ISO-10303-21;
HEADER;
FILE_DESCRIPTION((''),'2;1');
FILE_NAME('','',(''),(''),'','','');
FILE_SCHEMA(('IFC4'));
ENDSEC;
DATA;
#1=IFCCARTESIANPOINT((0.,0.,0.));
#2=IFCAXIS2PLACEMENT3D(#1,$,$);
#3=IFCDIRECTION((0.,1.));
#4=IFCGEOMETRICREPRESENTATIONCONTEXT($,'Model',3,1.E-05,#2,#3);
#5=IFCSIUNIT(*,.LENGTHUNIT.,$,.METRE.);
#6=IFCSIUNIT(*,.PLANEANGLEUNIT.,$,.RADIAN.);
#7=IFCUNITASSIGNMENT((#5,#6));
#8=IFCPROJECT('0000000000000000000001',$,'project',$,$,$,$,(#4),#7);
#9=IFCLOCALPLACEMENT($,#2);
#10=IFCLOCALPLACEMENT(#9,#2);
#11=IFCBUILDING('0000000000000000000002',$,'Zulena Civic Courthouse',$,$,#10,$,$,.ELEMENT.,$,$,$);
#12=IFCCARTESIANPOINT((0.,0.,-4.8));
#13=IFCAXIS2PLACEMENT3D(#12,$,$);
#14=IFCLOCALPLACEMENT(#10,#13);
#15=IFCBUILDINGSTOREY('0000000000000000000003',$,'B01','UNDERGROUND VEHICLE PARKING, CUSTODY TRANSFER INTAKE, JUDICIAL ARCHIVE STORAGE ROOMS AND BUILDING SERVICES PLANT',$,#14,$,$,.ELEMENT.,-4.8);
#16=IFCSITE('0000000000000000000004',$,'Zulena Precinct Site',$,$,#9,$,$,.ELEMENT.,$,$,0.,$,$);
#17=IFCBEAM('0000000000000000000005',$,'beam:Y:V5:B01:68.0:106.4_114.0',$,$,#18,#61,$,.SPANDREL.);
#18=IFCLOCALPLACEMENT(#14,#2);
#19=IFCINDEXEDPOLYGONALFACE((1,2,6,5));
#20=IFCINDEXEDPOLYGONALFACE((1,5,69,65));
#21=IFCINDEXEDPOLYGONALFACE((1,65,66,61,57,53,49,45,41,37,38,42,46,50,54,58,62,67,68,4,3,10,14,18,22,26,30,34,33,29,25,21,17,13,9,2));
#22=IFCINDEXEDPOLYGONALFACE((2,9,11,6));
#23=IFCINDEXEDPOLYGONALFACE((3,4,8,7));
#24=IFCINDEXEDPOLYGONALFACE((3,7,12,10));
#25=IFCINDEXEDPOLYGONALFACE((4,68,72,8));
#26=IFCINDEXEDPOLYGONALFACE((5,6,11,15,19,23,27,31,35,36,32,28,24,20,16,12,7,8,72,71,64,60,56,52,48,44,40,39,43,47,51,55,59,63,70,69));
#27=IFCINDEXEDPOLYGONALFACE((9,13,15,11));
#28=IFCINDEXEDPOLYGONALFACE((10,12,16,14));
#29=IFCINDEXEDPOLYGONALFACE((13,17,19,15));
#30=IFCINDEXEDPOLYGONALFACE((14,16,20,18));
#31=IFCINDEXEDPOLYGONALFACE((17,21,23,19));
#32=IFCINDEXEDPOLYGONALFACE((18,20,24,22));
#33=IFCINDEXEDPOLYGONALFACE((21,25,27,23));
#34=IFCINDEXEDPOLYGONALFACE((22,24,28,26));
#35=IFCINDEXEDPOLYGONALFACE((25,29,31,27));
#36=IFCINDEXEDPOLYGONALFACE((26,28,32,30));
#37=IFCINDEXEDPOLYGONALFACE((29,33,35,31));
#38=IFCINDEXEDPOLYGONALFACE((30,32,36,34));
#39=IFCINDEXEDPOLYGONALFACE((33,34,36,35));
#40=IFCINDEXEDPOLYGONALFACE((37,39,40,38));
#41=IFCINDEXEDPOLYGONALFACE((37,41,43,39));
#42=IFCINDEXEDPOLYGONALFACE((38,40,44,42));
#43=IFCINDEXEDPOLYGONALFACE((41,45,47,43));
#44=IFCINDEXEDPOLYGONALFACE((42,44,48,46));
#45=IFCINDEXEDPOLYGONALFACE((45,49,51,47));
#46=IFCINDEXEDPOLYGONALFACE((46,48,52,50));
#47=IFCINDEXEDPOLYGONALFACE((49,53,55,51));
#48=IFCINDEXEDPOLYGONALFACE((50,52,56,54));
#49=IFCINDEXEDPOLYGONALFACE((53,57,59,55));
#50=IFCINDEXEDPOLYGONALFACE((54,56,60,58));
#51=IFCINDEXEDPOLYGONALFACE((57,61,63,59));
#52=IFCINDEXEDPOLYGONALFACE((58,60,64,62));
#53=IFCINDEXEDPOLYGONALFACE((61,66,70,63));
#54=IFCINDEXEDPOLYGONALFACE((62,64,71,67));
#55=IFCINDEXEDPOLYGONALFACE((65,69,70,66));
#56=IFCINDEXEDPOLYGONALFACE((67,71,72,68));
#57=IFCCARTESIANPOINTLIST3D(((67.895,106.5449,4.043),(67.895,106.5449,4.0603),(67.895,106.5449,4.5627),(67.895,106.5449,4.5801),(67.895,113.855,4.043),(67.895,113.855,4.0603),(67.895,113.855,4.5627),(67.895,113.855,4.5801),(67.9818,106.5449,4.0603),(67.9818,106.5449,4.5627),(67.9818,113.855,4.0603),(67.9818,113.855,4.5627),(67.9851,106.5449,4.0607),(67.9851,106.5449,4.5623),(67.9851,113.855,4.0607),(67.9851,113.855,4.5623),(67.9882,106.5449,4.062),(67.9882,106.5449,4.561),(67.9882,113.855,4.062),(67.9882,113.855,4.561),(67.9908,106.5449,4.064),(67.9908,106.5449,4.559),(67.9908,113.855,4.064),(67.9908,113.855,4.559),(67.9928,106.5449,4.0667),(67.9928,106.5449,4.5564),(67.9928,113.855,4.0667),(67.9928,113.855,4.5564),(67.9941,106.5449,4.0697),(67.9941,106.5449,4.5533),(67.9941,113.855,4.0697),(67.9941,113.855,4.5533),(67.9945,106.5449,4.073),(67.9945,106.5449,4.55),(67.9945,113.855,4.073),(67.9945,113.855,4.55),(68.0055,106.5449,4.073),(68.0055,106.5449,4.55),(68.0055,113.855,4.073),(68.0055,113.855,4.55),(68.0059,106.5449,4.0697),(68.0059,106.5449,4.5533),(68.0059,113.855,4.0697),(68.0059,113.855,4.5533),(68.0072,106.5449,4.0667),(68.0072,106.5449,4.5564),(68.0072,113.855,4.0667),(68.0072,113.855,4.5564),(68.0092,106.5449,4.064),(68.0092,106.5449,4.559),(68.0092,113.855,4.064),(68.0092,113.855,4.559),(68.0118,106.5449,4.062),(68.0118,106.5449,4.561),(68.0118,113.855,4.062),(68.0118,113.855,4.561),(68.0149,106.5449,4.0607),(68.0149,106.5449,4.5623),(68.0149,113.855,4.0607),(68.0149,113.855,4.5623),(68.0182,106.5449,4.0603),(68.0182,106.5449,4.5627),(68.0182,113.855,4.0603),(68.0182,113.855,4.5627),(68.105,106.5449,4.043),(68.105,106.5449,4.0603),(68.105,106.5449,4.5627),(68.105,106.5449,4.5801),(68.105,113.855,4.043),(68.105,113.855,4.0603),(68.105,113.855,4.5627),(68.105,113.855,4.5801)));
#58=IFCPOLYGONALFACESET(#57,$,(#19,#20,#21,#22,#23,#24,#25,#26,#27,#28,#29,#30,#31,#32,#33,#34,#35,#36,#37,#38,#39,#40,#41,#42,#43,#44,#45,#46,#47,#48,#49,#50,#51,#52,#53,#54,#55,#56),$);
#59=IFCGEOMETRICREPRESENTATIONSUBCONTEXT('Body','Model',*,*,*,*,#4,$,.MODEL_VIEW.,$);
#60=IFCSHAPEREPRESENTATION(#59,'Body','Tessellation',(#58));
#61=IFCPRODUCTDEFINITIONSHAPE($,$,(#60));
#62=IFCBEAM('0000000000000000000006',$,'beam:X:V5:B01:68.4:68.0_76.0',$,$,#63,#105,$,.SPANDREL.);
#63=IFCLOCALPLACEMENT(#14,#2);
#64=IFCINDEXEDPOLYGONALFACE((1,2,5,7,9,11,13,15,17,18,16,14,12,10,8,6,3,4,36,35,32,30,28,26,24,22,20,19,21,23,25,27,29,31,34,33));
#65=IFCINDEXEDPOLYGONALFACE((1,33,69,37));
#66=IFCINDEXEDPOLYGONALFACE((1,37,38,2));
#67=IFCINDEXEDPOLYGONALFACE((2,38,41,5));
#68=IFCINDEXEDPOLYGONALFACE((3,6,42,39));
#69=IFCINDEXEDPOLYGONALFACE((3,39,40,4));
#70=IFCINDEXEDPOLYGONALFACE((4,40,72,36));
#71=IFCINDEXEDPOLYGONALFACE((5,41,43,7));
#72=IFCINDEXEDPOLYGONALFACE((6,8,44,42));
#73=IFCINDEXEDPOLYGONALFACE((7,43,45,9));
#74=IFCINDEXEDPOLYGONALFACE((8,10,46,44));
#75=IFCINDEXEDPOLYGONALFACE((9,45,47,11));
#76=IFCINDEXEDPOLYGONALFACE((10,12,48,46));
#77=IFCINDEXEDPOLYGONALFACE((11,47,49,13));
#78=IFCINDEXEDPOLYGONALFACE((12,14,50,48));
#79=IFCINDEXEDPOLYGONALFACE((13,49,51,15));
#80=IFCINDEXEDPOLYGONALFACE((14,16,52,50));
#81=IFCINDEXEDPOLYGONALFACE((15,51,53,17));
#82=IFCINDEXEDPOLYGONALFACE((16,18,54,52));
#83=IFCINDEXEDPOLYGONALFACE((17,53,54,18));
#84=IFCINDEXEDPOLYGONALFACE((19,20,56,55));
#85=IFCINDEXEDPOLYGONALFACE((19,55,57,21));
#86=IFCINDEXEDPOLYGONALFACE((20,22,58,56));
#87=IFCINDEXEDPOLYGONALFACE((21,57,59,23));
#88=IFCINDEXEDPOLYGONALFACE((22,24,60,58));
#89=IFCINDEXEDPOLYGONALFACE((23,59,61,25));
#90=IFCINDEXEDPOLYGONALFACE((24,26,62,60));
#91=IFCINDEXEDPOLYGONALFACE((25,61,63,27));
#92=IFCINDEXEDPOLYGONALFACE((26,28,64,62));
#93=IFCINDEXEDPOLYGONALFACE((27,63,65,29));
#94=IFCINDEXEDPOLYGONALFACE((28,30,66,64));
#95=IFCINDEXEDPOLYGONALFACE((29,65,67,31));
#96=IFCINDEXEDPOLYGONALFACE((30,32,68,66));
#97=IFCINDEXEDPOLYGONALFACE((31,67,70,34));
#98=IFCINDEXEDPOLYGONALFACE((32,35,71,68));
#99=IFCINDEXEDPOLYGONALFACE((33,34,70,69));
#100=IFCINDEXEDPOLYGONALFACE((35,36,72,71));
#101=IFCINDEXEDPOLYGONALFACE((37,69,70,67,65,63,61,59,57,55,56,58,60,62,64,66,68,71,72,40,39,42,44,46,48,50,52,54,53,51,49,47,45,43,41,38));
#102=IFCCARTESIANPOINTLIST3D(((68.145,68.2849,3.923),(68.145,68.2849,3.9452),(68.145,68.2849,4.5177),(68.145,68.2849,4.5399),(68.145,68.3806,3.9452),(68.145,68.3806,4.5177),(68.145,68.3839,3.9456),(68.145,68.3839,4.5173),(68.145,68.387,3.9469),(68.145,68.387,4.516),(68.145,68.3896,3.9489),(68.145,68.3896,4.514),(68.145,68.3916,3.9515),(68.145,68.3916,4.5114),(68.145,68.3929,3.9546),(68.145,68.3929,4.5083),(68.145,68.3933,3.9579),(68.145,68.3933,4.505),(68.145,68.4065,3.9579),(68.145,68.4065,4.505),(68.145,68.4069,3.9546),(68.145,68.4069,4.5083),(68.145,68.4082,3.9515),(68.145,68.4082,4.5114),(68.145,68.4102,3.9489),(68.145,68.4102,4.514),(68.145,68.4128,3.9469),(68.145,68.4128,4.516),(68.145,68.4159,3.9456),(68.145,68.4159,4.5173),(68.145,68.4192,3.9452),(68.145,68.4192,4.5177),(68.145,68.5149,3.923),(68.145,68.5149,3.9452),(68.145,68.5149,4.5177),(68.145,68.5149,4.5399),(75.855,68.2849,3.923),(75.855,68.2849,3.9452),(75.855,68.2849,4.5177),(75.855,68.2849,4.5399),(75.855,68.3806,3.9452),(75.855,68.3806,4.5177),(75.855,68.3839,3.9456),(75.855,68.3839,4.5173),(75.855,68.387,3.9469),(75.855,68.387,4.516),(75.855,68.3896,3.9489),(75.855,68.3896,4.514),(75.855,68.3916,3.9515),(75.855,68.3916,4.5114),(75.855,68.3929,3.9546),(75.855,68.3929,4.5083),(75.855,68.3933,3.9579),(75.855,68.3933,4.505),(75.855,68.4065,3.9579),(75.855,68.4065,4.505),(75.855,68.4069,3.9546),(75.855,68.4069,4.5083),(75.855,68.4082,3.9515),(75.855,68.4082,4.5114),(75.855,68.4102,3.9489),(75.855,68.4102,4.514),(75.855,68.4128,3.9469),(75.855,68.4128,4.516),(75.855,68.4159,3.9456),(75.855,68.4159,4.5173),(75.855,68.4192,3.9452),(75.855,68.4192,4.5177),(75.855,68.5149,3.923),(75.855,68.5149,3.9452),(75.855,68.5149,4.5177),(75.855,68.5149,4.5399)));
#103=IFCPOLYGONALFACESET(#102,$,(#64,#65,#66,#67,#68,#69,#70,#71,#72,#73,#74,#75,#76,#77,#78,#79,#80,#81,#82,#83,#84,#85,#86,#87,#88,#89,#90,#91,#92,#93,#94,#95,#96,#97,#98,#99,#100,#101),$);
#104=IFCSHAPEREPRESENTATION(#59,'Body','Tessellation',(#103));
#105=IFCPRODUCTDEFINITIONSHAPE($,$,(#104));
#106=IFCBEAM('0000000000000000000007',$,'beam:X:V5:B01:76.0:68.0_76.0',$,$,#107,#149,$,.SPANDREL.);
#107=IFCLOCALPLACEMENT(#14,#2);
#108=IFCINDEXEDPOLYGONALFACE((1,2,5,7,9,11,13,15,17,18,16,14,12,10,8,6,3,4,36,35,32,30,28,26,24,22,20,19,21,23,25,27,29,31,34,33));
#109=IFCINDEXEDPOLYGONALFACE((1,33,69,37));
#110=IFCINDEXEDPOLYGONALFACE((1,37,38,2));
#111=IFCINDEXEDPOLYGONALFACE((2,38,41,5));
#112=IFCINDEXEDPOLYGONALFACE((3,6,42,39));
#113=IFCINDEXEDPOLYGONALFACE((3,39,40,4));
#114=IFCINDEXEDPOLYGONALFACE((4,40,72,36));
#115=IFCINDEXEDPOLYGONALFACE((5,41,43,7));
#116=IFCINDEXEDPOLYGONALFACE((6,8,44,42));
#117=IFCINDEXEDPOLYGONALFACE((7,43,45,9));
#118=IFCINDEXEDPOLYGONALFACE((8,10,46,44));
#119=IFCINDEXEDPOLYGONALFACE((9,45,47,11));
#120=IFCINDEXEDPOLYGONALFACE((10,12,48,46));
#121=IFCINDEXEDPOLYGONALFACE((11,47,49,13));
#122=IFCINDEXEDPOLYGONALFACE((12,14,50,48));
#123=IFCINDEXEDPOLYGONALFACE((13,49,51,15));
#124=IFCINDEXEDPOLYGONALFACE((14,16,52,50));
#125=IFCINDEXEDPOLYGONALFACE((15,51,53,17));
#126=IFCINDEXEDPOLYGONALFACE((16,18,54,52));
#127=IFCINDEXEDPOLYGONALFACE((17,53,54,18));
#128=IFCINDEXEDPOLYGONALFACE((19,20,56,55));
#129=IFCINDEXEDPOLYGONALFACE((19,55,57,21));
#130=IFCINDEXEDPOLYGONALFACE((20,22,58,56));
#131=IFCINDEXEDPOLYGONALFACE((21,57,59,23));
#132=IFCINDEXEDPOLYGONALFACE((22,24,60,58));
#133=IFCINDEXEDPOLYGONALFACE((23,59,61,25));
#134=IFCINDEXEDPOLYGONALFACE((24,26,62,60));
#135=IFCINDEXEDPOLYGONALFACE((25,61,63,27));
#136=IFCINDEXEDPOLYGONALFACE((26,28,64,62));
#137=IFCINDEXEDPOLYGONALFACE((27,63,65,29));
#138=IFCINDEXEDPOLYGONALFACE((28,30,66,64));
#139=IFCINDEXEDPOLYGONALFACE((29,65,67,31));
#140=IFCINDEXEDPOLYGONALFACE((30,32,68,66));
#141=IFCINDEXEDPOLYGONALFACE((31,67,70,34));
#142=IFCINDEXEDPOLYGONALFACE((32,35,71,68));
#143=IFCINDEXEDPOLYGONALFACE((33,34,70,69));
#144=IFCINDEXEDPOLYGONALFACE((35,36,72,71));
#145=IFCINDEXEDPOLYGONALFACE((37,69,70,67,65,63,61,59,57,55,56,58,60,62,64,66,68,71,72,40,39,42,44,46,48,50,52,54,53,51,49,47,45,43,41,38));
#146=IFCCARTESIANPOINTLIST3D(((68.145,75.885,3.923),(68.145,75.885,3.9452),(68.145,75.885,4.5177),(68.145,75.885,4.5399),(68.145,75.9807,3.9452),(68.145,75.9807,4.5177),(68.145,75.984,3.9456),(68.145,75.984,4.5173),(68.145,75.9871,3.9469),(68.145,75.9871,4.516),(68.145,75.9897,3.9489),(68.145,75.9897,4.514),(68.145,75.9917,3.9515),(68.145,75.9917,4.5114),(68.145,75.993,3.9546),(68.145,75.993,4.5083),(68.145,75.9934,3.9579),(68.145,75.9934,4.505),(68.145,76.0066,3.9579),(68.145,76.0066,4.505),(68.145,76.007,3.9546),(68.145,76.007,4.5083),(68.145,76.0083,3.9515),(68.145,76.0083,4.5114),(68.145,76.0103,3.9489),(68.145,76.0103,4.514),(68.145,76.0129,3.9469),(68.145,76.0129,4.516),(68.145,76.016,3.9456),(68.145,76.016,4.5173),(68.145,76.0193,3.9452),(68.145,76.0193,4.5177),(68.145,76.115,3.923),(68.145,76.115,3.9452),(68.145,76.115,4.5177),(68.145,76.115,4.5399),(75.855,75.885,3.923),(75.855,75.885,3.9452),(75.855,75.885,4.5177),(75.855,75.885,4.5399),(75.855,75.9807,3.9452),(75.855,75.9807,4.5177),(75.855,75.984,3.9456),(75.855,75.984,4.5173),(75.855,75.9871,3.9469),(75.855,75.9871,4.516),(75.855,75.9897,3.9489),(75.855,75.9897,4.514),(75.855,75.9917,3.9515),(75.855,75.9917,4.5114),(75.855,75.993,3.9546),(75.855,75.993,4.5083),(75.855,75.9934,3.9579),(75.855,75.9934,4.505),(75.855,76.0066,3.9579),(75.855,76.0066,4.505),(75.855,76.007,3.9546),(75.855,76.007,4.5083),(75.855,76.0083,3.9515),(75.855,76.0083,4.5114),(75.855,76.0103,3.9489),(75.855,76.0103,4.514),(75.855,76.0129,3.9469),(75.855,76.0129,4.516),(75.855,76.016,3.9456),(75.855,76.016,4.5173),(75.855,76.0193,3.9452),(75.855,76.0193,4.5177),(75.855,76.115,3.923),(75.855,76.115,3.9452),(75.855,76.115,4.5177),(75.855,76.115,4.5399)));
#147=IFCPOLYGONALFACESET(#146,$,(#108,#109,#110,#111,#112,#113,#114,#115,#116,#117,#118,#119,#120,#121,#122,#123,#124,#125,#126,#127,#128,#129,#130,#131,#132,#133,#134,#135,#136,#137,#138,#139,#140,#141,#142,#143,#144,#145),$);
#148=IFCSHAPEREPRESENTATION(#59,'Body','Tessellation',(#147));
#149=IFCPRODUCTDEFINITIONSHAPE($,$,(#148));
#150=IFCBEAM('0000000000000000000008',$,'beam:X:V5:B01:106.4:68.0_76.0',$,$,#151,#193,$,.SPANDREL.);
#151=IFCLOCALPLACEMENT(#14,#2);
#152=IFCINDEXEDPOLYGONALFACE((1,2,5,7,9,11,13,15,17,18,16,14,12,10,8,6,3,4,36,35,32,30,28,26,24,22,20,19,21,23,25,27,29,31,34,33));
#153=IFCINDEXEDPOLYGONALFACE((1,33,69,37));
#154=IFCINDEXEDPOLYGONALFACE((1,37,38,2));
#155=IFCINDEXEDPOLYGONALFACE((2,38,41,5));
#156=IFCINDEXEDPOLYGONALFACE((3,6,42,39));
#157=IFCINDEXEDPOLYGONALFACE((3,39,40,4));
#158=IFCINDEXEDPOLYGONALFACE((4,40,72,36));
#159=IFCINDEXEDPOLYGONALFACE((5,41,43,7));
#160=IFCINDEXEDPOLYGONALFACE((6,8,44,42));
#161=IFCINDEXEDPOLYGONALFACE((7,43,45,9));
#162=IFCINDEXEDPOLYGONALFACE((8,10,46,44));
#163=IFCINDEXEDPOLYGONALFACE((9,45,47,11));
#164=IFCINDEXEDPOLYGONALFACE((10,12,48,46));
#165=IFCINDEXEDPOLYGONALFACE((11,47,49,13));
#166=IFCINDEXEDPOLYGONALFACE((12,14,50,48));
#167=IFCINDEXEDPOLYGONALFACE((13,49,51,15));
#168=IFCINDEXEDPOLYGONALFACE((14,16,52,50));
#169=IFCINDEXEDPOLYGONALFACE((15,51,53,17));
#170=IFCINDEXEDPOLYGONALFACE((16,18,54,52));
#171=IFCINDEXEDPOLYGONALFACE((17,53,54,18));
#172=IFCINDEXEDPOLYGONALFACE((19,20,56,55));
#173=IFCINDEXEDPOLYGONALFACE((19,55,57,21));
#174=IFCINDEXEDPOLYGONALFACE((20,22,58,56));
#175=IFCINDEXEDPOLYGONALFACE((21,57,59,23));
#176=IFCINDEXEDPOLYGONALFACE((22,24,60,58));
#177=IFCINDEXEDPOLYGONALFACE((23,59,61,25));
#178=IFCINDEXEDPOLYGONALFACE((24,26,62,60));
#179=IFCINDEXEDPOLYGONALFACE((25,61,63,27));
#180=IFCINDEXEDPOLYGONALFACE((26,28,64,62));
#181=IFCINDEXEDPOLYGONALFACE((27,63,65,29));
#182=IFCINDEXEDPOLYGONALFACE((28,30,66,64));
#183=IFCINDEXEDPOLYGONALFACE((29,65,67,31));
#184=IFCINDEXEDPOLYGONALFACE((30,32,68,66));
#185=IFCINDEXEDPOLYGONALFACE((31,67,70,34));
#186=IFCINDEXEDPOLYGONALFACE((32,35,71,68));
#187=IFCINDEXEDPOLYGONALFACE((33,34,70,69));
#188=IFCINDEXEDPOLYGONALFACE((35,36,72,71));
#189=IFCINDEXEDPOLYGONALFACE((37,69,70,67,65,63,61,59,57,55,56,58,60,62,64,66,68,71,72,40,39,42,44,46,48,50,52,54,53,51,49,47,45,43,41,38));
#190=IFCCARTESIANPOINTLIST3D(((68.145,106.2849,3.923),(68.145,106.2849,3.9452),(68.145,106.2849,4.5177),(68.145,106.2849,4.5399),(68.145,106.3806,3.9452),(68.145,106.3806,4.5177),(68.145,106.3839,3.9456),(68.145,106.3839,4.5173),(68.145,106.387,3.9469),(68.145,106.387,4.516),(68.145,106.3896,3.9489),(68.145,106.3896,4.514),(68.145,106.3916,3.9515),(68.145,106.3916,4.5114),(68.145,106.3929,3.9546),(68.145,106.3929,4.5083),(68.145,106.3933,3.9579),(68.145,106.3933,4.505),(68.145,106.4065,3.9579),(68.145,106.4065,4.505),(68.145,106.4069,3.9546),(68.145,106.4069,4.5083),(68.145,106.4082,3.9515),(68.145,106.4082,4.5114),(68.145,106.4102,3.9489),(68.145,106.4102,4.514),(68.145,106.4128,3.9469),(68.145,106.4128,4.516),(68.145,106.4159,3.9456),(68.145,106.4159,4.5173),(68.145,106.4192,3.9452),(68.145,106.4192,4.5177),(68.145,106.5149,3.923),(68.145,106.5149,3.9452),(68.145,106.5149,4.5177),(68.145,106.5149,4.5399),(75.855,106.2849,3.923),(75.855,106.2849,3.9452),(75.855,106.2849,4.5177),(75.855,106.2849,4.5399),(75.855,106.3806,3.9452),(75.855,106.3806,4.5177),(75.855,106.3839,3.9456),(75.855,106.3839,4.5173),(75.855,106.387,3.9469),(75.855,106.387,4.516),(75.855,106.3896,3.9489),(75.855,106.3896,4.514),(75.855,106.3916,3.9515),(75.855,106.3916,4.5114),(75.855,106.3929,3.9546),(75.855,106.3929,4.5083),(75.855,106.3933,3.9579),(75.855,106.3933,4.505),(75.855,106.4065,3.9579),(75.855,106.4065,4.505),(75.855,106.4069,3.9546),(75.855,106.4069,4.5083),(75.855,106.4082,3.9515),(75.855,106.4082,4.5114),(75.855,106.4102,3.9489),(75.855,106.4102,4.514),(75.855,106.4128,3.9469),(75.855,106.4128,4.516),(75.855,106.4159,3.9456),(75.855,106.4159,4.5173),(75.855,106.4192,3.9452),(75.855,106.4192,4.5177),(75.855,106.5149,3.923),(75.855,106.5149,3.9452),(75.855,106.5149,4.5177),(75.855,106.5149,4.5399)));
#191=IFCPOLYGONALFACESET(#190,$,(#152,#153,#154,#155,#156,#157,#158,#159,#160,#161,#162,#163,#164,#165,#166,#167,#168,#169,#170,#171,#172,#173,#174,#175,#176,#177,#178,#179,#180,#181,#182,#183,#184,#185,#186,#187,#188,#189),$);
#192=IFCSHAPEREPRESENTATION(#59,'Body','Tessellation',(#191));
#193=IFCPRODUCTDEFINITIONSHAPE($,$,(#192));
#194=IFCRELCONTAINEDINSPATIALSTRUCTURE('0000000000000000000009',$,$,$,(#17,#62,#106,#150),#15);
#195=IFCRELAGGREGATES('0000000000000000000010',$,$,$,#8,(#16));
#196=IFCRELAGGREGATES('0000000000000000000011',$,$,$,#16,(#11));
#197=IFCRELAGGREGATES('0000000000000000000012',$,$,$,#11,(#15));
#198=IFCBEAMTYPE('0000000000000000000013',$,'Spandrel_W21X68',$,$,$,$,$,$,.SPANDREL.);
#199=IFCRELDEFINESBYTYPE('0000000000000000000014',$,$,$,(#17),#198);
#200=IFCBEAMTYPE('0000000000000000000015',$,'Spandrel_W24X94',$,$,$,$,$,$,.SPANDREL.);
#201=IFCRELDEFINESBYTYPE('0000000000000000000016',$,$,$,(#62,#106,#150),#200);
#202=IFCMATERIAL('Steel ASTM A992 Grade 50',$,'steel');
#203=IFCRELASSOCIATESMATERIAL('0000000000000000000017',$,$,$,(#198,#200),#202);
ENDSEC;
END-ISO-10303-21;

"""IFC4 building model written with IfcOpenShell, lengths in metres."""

from ifc_helpers import new_model, si_unit, direction, frame, origin, origin_2d, place, context, subcontext, project, spatial, i_section, extrude, material, material_profile, profile_set, type_object, element, save


model = new_model("IFC4")

# Units and contexts
model_context = context("Model", 3, precision=1e-05, world=origin(), true_north=direction((0.0, 1.0)))
body_context = subcontext(model_context, "Body", "Model", "MODEL_VIEW")
ifc_project = project(units=[si_unit("LENGTHUNIT", "METRE"), si_unit("PLANEANGLEUNIT", "RADIAN")], contexts=[model_context])

# Site, building, storey
site_placement = place(None, origin())
site = spatial("IfcSite", under=ifc_project, at=site_placement, Name="Zulena Precinct Site", CompositionType="ELEMENT", RefElevation=0.0)
building_placement = place(site_placement, origin())
building = spatial("IfcBuilding", under=site, at=building_placement, Name="Zulena Civic Courthouse", CompositionType="ELEMENT")
storey_placement = place(building_placement, frame((0.0, 0.0, -4.8)))
storey = spatial("IfcBuildingStorey", under=building, at=storey_placement, Name="B01", Description="UNDERGROUND VEHICLE PARKING, CUSTODY TRANSFER INTAKE, JUDICIAL ARCHIVE STORAGE ROOMS AND BUILDING SERVICES PLANT", CompositionType="ELEMENT", Elevation=-4.8)

# Shared definitions
ifc_material_1 = material(Name="Steel ASTM A992 Grade 50", Category="steel")

# Beams
ifc_material_profile_1 = material_profile(ifc_material_1, i_section(OverallWidth=0.21, OverallDepth=0.5371, WebThickness=0.011, FlangeThickness=0.0173, FilletRadius=0.0127, at=origin_2d()), Name="W21X68")
ifc_profile_set_1 = profile_set([ifc_material_profile_1], Name="Steel ASTM A992 Grade 50")
beam_type_1 = type_object("IfcBeamType", Name="Spandrel_W21X68", PredefinedType="SPANDREL", material=ifc_profile_set_1)
beam_1_placement = place(storey_placement, frame((68.0, 106.5449, 4.3115), z_axis=(0.0, 1.0, 0.0), x_axis=(-1.0, 0.0, 0.0)))
element("IfcBeam", 1, at=beam_1_placement, inside=storey, type_object=beam_type_1, Name="beam:Y:V5:B01:68.0:106.4_114.0", PredefinedType="SPANDREL", context=body_context, shape_type="SweptSolid", body=[
    extrude(i_section(OverallWidth=0.21, OverallDepth=0.5371, WebThickness=0.011, FlangeThickness=0.0173, FilletRadius=0.0127, at=origin_2d()), origin(), (0.0, 0.0, 1.0), 7.3101),
])
ifc_material_profile_2 = material_profile(ifc_material_1, i_section(OverallWidth=0.23, OverallDepth=0.6169, WebThickness=0.0132, FlangeThickness=0.0222, FilletRadius=0.0127, at=origin_2d()), Name="W24X94")
ifc_profile_set_2 = profile_set([ifc_material_profile_2], Name="Steel ASTM A992 Grade 50")
beam_type_2 = type_object("IfcBeamType", Name="Spandrel_W24X94", PredefinedType="SPANDREL", material=ifc_profile_set_2)
for number, where, z_axis, x_axis, name in (
    (2, (68.145, 68.3999, 4.2314), (1.0, 0.0, 0.0), (0.0, 1.0, 0.0), "beam:X:V5:B01:68.4:68.0_76.0"),
    (3, (68.145, 76.0, 4.2314), (1.0, 0.0, 0.0), (0.0, 1.0, 0.0), "beam:X:V5:B01:76.0:68.0_76.0"),
    (4, (68.145, 106.3999, 4.2314), (1.0, 0.0, 0.0), (0.0, 1.0, 0.0), "beam:X:V5:B01:106.4:68.0_76.0"),
):
    element("IfcBeam", number, at=place(storey_placement, frame(where, z_axis=z_axis, x_axis=x_axis)), inside=storey, type_object=beam_type_2, Name=name, PredefinedType="SPANDREL", context=body_context, shape_type="SweptSolid", body=[
        extrude(i_section(OverallWidth=0.23, OverallDepth=0.6169, WebThickness=0.0132, FlangeThickness=0.0222, FilletRadius=0.0127, at=origin_2d()), origin(), (0.0, 0.0, 1.0), 7.71),
    ])

save(model, "model.ifc")
